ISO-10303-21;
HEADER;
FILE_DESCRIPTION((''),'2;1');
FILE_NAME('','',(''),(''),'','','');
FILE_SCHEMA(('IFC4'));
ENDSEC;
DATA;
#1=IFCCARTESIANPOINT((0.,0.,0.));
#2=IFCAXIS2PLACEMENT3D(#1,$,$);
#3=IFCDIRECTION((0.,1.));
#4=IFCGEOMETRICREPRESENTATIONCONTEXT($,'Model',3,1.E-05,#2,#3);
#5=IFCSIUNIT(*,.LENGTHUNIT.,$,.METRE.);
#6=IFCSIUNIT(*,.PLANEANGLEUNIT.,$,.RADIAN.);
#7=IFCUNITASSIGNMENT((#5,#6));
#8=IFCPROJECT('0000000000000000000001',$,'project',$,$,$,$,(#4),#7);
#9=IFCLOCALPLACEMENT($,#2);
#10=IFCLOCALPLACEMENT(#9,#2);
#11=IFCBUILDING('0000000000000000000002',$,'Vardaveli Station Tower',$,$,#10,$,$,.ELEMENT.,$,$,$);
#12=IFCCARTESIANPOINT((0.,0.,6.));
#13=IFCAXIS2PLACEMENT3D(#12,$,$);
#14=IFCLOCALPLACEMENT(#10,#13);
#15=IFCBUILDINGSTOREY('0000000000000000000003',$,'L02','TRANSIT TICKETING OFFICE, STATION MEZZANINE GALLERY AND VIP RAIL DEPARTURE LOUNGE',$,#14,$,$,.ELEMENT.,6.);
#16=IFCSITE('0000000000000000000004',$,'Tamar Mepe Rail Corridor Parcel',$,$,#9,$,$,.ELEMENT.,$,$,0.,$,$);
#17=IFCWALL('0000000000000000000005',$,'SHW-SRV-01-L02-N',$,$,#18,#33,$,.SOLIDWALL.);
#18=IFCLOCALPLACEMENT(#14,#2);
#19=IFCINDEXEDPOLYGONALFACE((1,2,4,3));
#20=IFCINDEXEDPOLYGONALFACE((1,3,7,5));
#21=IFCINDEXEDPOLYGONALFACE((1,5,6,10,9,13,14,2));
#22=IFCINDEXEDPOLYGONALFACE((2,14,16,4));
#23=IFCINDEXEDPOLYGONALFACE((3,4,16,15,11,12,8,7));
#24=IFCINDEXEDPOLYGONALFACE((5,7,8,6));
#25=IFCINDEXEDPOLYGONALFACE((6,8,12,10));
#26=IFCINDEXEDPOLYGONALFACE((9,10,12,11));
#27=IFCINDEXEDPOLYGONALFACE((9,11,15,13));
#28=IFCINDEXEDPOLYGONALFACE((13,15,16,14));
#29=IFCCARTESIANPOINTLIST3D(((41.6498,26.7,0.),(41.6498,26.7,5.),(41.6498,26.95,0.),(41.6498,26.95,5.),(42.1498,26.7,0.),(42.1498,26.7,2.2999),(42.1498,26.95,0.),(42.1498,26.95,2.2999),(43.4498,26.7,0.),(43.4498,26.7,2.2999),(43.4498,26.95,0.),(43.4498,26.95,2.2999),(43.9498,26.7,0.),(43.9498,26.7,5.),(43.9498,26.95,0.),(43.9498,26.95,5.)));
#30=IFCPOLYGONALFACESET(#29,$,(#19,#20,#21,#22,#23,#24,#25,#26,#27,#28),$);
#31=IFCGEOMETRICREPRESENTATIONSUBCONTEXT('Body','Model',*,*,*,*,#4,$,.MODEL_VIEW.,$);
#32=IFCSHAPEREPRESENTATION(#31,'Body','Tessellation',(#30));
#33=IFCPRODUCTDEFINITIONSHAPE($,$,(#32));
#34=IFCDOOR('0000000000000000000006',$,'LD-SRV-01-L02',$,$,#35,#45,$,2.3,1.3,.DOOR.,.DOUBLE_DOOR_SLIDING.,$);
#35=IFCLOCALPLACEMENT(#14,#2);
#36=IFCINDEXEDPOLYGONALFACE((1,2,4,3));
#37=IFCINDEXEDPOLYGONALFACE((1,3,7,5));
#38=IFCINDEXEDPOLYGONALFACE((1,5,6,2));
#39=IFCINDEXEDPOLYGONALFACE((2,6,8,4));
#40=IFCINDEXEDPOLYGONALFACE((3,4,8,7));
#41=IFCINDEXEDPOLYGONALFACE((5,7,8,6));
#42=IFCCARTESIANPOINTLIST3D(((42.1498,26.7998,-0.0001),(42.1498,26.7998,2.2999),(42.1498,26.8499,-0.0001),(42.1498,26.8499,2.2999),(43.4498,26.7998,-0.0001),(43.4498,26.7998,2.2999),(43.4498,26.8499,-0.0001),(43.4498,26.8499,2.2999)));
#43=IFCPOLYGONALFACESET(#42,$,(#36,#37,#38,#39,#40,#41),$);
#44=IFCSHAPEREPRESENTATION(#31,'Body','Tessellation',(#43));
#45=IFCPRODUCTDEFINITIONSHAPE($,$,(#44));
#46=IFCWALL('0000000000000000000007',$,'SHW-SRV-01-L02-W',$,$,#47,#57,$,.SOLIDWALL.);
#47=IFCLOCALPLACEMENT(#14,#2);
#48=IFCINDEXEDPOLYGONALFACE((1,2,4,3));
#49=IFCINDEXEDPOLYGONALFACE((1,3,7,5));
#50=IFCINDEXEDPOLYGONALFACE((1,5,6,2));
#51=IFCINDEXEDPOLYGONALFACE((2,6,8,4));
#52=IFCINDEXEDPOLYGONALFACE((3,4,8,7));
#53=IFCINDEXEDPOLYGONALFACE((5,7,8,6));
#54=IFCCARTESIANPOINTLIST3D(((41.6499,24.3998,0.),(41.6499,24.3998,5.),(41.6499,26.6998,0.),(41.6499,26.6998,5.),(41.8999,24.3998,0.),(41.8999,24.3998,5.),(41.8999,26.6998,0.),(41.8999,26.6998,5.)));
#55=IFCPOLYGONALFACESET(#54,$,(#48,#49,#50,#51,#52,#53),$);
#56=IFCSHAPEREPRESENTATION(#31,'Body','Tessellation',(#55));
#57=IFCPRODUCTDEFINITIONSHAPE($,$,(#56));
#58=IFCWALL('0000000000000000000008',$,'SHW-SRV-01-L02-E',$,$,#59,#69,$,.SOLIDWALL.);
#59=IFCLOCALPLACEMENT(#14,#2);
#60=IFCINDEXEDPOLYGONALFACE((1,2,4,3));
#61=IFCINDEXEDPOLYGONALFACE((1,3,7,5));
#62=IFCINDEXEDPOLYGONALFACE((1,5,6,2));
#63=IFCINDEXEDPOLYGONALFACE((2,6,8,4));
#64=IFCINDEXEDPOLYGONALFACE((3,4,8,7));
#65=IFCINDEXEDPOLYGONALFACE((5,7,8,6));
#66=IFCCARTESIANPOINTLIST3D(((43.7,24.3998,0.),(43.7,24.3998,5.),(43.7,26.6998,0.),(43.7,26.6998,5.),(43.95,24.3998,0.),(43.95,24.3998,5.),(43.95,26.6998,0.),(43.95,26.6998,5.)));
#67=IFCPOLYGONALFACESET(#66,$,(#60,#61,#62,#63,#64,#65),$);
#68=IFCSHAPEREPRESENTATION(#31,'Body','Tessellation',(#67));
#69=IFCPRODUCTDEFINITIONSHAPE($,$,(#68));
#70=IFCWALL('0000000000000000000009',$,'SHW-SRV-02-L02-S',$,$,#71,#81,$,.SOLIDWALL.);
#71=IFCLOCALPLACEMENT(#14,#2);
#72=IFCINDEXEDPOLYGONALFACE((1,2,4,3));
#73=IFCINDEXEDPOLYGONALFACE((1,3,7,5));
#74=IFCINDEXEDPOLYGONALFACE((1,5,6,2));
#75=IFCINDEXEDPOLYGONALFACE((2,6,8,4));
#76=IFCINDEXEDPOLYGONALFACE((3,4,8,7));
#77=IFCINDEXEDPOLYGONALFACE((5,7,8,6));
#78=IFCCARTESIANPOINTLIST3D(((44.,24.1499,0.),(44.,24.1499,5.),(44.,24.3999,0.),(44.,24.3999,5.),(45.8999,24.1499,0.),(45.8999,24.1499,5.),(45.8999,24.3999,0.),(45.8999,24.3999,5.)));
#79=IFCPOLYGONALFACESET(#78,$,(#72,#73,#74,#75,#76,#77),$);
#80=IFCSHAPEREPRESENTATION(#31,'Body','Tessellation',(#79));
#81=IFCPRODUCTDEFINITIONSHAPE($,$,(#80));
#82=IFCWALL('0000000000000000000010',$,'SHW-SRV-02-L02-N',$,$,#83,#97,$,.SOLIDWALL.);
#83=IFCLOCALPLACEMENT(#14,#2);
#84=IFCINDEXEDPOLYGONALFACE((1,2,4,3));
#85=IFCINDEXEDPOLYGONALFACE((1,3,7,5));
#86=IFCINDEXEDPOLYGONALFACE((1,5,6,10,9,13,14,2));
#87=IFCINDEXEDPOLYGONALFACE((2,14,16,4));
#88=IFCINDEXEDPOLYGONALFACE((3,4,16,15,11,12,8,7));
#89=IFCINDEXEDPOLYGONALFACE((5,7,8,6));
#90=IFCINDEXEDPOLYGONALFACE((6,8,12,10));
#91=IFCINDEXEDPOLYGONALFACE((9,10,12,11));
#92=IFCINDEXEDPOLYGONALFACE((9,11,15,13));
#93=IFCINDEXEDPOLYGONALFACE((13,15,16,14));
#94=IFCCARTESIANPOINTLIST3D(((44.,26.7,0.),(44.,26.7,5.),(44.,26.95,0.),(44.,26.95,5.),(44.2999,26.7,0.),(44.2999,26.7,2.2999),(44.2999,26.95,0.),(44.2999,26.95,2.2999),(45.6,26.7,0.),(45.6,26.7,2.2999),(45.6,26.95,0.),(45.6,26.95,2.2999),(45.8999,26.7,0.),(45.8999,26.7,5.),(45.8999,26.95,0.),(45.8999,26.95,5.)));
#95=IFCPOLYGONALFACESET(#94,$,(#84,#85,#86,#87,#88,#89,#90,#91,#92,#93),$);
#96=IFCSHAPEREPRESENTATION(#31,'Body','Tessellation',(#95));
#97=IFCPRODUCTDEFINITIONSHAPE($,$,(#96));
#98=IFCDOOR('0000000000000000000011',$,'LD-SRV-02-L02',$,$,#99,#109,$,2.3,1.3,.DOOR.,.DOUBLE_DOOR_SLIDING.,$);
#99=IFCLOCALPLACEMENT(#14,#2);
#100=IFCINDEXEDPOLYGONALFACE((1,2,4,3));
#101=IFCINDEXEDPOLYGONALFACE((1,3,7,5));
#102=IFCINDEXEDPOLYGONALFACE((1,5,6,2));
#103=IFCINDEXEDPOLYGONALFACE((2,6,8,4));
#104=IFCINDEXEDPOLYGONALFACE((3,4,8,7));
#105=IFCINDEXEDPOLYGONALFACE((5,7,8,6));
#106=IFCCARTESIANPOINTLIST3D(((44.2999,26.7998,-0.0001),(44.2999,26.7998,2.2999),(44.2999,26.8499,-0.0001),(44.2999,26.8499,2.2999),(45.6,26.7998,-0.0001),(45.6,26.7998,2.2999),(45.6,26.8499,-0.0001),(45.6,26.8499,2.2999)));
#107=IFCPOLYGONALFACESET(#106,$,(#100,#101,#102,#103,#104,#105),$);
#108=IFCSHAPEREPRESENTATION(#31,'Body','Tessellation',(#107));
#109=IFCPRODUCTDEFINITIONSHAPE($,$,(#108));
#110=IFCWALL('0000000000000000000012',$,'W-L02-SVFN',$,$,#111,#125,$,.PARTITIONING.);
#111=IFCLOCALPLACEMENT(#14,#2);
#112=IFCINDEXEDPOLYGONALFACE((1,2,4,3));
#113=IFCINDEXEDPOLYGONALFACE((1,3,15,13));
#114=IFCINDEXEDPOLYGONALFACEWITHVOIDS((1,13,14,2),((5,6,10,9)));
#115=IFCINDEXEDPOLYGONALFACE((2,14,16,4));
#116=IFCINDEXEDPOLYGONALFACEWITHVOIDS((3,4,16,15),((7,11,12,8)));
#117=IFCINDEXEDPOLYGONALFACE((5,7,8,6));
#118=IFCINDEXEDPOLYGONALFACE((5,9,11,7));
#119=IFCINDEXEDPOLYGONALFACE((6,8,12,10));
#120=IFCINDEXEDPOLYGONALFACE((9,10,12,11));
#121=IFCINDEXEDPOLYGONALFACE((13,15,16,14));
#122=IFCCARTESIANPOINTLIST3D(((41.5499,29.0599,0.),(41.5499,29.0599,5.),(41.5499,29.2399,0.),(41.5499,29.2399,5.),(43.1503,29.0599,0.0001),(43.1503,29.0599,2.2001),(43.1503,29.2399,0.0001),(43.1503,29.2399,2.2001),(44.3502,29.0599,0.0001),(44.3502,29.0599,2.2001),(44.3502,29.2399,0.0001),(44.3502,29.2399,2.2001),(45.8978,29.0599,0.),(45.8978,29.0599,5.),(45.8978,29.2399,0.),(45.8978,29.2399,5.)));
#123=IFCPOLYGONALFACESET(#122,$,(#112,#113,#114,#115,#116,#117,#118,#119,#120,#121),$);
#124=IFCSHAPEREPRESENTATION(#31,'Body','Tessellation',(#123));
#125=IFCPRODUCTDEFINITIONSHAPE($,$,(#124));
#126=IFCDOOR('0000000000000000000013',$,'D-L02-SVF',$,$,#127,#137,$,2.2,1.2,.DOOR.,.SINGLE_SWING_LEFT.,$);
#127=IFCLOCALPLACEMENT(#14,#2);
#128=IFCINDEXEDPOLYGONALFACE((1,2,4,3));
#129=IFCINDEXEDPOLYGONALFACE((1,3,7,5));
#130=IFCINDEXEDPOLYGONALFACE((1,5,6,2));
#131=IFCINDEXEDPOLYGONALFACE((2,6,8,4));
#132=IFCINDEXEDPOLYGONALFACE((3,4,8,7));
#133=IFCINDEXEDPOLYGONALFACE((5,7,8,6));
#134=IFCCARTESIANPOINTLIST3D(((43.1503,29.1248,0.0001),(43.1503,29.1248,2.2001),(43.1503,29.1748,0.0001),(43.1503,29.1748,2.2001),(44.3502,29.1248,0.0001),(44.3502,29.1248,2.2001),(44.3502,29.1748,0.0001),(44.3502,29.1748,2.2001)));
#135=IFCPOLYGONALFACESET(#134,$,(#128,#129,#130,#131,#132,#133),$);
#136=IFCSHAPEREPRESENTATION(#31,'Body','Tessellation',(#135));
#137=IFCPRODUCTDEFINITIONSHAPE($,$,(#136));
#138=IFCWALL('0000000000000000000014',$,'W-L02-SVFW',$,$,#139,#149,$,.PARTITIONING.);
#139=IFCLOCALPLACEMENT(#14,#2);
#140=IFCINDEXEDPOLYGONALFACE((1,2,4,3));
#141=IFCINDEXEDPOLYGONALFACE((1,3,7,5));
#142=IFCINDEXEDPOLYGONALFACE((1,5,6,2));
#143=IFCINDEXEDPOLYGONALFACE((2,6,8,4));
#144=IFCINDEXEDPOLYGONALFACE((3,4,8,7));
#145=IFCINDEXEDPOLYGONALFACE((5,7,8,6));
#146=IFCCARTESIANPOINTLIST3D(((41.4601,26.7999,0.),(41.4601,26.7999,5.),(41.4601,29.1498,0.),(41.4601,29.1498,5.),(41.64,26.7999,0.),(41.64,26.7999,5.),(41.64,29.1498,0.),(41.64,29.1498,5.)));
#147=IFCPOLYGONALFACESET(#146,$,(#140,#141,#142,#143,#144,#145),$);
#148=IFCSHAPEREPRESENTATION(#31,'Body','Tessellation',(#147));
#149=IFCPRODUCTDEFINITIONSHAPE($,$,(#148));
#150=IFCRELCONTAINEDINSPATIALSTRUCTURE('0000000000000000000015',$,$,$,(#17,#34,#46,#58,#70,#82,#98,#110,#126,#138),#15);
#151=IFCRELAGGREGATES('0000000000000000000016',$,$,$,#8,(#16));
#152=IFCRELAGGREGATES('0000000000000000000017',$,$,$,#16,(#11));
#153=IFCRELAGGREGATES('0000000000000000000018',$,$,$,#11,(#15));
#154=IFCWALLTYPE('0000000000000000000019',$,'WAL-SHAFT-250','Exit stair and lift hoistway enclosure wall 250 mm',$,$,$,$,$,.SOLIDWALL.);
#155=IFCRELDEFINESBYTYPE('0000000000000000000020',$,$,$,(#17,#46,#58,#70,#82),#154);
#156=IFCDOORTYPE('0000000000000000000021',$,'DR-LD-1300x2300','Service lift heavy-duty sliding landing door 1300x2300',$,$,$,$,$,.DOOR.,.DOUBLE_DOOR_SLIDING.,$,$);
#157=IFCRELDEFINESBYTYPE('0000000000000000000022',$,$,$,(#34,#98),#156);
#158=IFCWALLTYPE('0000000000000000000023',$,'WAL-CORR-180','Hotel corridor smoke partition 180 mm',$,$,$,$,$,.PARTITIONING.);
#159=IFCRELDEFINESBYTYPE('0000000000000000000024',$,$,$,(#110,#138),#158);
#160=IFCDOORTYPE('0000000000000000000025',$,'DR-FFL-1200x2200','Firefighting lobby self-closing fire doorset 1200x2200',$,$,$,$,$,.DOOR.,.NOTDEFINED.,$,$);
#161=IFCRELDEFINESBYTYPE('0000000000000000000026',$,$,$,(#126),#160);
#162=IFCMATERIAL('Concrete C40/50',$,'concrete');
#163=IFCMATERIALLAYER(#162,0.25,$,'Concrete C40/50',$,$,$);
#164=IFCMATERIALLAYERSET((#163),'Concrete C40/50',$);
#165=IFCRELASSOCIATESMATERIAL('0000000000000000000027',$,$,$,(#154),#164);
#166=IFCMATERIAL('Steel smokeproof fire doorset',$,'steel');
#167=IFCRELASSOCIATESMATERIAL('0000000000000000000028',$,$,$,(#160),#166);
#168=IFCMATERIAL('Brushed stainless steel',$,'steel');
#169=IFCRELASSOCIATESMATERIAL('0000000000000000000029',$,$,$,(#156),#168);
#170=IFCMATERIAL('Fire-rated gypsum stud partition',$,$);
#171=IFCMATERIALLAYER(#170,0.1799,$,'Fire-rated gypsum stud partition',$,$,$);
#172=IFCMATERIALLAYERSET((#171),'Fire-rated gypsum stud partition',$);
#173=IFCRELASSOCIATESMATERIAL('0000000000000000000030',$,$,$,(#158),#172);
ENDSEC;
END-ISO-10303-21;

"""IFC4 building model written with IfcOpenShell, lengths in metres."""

from ifc_helpers import new_model, si_unit, direction, frame, frame_2d, origin, place, context, subcontext, project, spatial, rectangle, extrude, source, transform, mapped, material, layer, layer_set, type_object, element, fill, save


model = new_model("IFC4")

# Units and contexts
model_context = context("Model", 3, precision=1e-05, world=origin(), true_north=direction((0.0, 1.0)))
body_context = subcontext(model_context, "Body", "Model", "MODEL_VIEW")
ifc_project = project(units=[si_unit("LENGTHUNIT", "METRE"), si_unit("PLANEANGLEUNIT", "RADIAN")], contexts=[model_context])

# Site, building, storey
site_placement = place(None, origin())
site = spatial("IfcSite", under=ifc_project, at=site_placement, Name="Tamar Mepe Rail Corridor Parcel", CompositionType="ELEMENT", RefElevation=0.0)
building_placement = place(site_placement, origin())
building = spatial("IfcBuilding", under=site, at=building_placement, Name="Vardaveli Station Tower", CompositionType="ELEMENT")
storey_placement = place(building_placement, frame((0.0, 0.0, 6.0)))
storey = spatial("IfcBuildingStorey", under=building, at=storey_placement, Name="L02", Description="TRANSIT TICKETING OFFICE, STATION MEZZANINE GALLERY AND VIP RAIL DEPARTURE LOUNGE", CompositionType="ELEMENT", Elevation=6.0)

# Shared definitions
ifc_material_1 = material(Name="Concrete C40/50", Category="concrete")
ifc_layer_1 = layer(ifc_material_1, 0.25, Name="Concrete C40/50")
ifc_layer_set_1 = layer_set([ifc_layer_1], Name="Concrete C40/50")
wall_type_1 = type_object("IfcWallType", Name="WAL-SHAFT-250", Description="Exit stair and lift hoistway enclosure wall 250 mm", PredefinedType="SOLIDWALL", material=ifc_layer_set_1)

# Shared definitions
ifc_material_2 = material(Name="Steel smokeproof fire doorset", Category="steel")
door_type_1 = type_object("IfcDoorType", Name="DR-FFL-1200x2200", Description="Firefighting lobby self-closing fire doorset 1200x2200", OperationType="NOTDEFINED", PredefinedType="DOOR", material=ifc_material_2)
shared_shape_1 = source(origin(), body_context, "Body", "SweptSolid", [
    extrude(rectangle(XDim=1.2, YDim=2.2, at=frame_2d((0.6001, 1.1001))), frame((0.0, 0.0249, 0.0), z_axis=(0.0, -1.0, 0.0), x_axis=(1.0, 0.0, 0.0)), (0.0, 0.0, 1.0), 0.05),
])

# Shared definitions
shared_shape_2 = source(origin(), body_context, "Body", "SweptSolid", [
    extrude(rectangle(XDim=2.3, YDim=0.25, at=frame_2d((1.1499, 0.0))), origin(), (0.0, 0.0, 1.0), 5.0),
])

# Wall, opening, door
wall_1_placement = place(storey_placement, frame((41.6499, 26.825, 0.0), z_axis=(0.0, 0.0, 1.0), x_axis=(1.0, 0.0, 0.0)))
wall_1 = element("IfcWall", 1, at=wall_1_placement, inside=storey, type_object=wall_type_1, Name="SHW-SRV-01-L02-N", PredefinedType="SOLIDWALL", context=body_context, shape_type="MappedRepresentation", body=[
    mapped(shared_shape_2, transform((0.0, 0.0, 0.0), scale=1.0)),
])
shared_shape_3 = source(origin(), body_context, "Body", "SweptSolid", [
    extrude(rectangle(XDim=1.3, YDim=2.3, at=frame_2d((0.6499, 1.1499))), frame((0.0, 0.135, 0.0), z_axis=(0.0, -1.0, 0.0), x_axis=(1.0, 0.0, 0.0)), (0.0, 0.0, 1.0), 0.27),
])
opening_1_placement = place(wall_1_placement, frame((0.5, 0.0, 0.0)))
opening_1 = element("IfcOpeningElement", 2, at=opening_1_placement, cuts=wall_1, PredefinedType="OPENING", context=body_context, shape_type="MappedRepresentation", body=[
    mapped(shared_shape_3, transform((0.0, 0.0, 0.0), scale=1.0)),
])
ifc_material_3 = material(Name="Brushed stainless steel", Category="steel")
door_type_2 = type_object("IfcDoorType", Name="DR-LD-1300x2300", Description="Service lift heavy-duty sliding landing door 1300x2300", OperationType="DOUBLE_DOOR_SLIDING", PredefinedType="DOOR", material=ifc_material_3)
shared_shape_4 = source(origin(), body_context, "Body", "SweptSolid", [
    extrude(rectangle(XDim=1.3, YDim=2.3, at=frame_2d((0.6499, 1.1499))), frame((0.0, 0.0249, 0.0), z_axis=(0.0, -1.0, 0.0), x_axis=(1.0, 0.0, 0.0)), (0.0, 0.0, 1.0), 0.05),
])
door_1_placement = place(opening_1_placement, origin())
door_1 = element("IfcDoor", 3, at=door_1_placement, inside=storey, type_object=door_type_2, Name="LD-SRV-01-L02", OperationType="DOUBLE_DOOR_SLIDING", OverallHeight=2.3, OverallWidth=1.3, PredefinedType="DOOR", context=body_context, shape_type="MappedRepresentation", body=[
    mapped(shared_shape_4, transform((0.0, 0.0, 0.0), scale=1.0)),
])
fill(opening_1, door_1)

# Walls
for number, where, z_axis, x_axis, name in (
    (4, (41.7749, 24.3999, 0.0), (0.0, 0.0, 1.0), (0.0, 1.0, 0.0), "SHW-SRV-01-L02-W"),
    (5, (43.825, 24.3999, 0.0), (0.0, 0.0, 1.0), (0.0, 1.0, 0.0), "SHW-SRV-01-L02-E"),
):
    element("IfcWall", number, at=place(storey_placement, frame(where, z_axis=z_axis, x_axis=x_axis)), inside=storey, type_object=wall_type_1, Name=name, PredefinedType="SOLIDWALL", context=body_context, shape_type="MappedRepresentation", body=[
        mapped(shared_shape_2, transform((0.0, 0.0, 0.0), scale=1.0)),
    ])
shared_shape_5 = source(origin(), body_context, "Body", "SweptSolid", [
    extrude(rectangle(XDim=1.8999, YDim=0.25, at=frame_2d((0.95, 0.0))), origin(), (0.0, 0.0, 1.0), 5.0),
])
wall_2_placement = place(storey_placement, frame((44.0, 24.2749, 0.0), z_axis=(0.0, 0.0, 1.0), x_axis=(1.0, 0.0, 0.0)))
element("IfcWall", 6, at=wall_2_placement, inside=storey, type_object=wall_type_1, Name="SHW-SRV-02-L02-S", PredefinedType="SOLIDWALL", context=body_context, shape_type="MappedRepresentation", body=[
    mapped(shared_shape_5, transform((0.0, 0.0, 0.0), scale=1.0)),
])

# Walls, openings, doors
wall_3_placement = place(storey_placement, frame((44.0, 26.825, 0.0), z_axis=(0.0, 0.0, 1.0), x_axis=(1.0, 0.0, 0.0)))
wall_3 = element("IfcWall", 7, at=wall_3_placement, inside=storey, type_object=wall_type_1, Name="SHW-SRV-02-L02-N", PredefinedType="SOLIDWALL", context=body_context, shape_type="MappedRepresentation", body=[
    mapped(shared_shape_5, transform((0.0, 0.0, 0.0), scale=1.0)),
])
opening_2_placement = place(wall_3_placement, frame((0.3, 0.0, 0.0)))
opening_2 = element("IfcOpeningElement", 8, at=opening_2_placement, cuts=wall_3, PredefinedType="OPENING", context=body_context, shape_type="MappedRepresentation", body=[
    mapped(shared_shape_3, transform((0.0, 0.0, 0.0), scale=1.0)),
])
door_2_placement = place(opening_2_placement, origin())
door_2 = element("IfcDoor", 9, at=door_2_placement, inside=storey, type_object=door_type_2, Name="LD-SRV-02-L02", OperationType="DOUBLE_DOOR_SLIDING", OverallHeight=2.3, OverallWidth=1.3, PredefinedType="DOOR", context=body_context, shape_type="MappedRepresentation", body=[
    mapped(shared_shape_4, transform((0.0, 0.0, 0.0), scale=1.0)),
])
fill(opening_2, door_2)
ifc_material_4 = material(Name="Fire-rated gypsum stud partition")
ifc_layer_2 = layer(ifc_material_4, 0.1799, Name="Fire-rated gypsum stud partition")
ifc_layer_set_2 = layer_set([ifc_layer_2], Name="Fire-rated gypsum stud partition")
wall_type_2 = type_object("IfcWallType", Name="WAL-CORR-180", Description="Hotel corridor smoke partition 180 mm", PredefinedType="PARTITIONING", material=ifc_layer_set_2)
shared_shape_6 = source(origin(), body_context, "Body", "SweptSolid", [
    extrude(rectangle(XDim=4.3479, YDim=0.1799, at=frame_2d((2.1738, 0.0))), origin(), (0.0, 0.0, 1.0), 5.0),
])
wall_4_placement = place(storey_placement, frame((41.55, 29.1499, 0.0), z_axis=(0.0, 0.0, 1.0), x_axis=(1.0, 0.0, 0.0)))
wall_4 = element("IfcWall", 10, at=wall_4_placement, inside=storey, type_object=wall_type_2, Name="W-L02-SVFN", PredefinedType="PARTITIONING", context=body_context, shape_type="MappedRepresentation", body=[
    mapped(shared_shape_6, transform((0.0, 0.0, 0.0), scale=1.0)),
])
shared_shape_7 = source(origin(), body_context, "Body", "SweptSolid", [
    extrude(rectangle(XDim=1.2, YDim=2.2, at=frame_2d((0.6001, 1.1001))), frame((0.0, 0.1001, 0.0), z_axis=(0.0, -1.0, 0.0), x_axis=(1.0, 0.0, 0.0)), (0.0, 0.0, 1.0), 0.2),
])
opening_3_placement = place(wall_4_placement, frame((1.6001, 0.0, 0.0)))
opening_3 = element("IfcOpeningElement", 11, at=opening_3_placement, cuts=wall_4, PredefinedType="OPENING", context=body_context, shape_type="MappedRepresentation", body=[
    mapped(shared_shape_7, transform((0.0, 0.0, 0.0), scale=1.0)),
])
door_3_placement = place(opening_3_placement, origin())
door_3 = element("IfcDoor", 12, at=door_3_placement, inside=storey, type_object=door_type_1, Name="D-L02-SVF", OperationType="SINGLE_SWING_LEFT", OverallHeight=2.2, OverallWidth=1.2, PredefinedType="DOOR", context=body_context, shape_type="MappedRepresentation", body=[
    mapped(shared_shape_1, transform((0.0, 0.0, 0.0), scale=1.0)),
])
fill(opening_3, door_3)

# Wall
shared_shape_8 = source(origin(), body_context, "Body", "SweptSolid", [
    extrude(rectangle(XDim=2.3499, YDim=0.1799, at=frame_2d((1.1748, 0.0))), origin(), (0.0, 0.0, 1.0), 5.0),
])
wall_5_placement = place(storey_placement, frame((41.55, 26.8, 0.0), z_axis=(0.0, 0.0, 1.0), x_axis=(0.0, 1.0, 0.0)))
element("IfcWall", 13, at=wall_5_placement, inside=storey, type_object=wall_type_2, Name="W-L02-SVFW", PredefinedType="PARTITIONING", context=body_context, shape_type="MappedRepresentation", body=[
    mapped(shared_shape_8, transform((0.0, 0.0, 0.0), scale=1.0)),
])

save(model, "model.ifc")
